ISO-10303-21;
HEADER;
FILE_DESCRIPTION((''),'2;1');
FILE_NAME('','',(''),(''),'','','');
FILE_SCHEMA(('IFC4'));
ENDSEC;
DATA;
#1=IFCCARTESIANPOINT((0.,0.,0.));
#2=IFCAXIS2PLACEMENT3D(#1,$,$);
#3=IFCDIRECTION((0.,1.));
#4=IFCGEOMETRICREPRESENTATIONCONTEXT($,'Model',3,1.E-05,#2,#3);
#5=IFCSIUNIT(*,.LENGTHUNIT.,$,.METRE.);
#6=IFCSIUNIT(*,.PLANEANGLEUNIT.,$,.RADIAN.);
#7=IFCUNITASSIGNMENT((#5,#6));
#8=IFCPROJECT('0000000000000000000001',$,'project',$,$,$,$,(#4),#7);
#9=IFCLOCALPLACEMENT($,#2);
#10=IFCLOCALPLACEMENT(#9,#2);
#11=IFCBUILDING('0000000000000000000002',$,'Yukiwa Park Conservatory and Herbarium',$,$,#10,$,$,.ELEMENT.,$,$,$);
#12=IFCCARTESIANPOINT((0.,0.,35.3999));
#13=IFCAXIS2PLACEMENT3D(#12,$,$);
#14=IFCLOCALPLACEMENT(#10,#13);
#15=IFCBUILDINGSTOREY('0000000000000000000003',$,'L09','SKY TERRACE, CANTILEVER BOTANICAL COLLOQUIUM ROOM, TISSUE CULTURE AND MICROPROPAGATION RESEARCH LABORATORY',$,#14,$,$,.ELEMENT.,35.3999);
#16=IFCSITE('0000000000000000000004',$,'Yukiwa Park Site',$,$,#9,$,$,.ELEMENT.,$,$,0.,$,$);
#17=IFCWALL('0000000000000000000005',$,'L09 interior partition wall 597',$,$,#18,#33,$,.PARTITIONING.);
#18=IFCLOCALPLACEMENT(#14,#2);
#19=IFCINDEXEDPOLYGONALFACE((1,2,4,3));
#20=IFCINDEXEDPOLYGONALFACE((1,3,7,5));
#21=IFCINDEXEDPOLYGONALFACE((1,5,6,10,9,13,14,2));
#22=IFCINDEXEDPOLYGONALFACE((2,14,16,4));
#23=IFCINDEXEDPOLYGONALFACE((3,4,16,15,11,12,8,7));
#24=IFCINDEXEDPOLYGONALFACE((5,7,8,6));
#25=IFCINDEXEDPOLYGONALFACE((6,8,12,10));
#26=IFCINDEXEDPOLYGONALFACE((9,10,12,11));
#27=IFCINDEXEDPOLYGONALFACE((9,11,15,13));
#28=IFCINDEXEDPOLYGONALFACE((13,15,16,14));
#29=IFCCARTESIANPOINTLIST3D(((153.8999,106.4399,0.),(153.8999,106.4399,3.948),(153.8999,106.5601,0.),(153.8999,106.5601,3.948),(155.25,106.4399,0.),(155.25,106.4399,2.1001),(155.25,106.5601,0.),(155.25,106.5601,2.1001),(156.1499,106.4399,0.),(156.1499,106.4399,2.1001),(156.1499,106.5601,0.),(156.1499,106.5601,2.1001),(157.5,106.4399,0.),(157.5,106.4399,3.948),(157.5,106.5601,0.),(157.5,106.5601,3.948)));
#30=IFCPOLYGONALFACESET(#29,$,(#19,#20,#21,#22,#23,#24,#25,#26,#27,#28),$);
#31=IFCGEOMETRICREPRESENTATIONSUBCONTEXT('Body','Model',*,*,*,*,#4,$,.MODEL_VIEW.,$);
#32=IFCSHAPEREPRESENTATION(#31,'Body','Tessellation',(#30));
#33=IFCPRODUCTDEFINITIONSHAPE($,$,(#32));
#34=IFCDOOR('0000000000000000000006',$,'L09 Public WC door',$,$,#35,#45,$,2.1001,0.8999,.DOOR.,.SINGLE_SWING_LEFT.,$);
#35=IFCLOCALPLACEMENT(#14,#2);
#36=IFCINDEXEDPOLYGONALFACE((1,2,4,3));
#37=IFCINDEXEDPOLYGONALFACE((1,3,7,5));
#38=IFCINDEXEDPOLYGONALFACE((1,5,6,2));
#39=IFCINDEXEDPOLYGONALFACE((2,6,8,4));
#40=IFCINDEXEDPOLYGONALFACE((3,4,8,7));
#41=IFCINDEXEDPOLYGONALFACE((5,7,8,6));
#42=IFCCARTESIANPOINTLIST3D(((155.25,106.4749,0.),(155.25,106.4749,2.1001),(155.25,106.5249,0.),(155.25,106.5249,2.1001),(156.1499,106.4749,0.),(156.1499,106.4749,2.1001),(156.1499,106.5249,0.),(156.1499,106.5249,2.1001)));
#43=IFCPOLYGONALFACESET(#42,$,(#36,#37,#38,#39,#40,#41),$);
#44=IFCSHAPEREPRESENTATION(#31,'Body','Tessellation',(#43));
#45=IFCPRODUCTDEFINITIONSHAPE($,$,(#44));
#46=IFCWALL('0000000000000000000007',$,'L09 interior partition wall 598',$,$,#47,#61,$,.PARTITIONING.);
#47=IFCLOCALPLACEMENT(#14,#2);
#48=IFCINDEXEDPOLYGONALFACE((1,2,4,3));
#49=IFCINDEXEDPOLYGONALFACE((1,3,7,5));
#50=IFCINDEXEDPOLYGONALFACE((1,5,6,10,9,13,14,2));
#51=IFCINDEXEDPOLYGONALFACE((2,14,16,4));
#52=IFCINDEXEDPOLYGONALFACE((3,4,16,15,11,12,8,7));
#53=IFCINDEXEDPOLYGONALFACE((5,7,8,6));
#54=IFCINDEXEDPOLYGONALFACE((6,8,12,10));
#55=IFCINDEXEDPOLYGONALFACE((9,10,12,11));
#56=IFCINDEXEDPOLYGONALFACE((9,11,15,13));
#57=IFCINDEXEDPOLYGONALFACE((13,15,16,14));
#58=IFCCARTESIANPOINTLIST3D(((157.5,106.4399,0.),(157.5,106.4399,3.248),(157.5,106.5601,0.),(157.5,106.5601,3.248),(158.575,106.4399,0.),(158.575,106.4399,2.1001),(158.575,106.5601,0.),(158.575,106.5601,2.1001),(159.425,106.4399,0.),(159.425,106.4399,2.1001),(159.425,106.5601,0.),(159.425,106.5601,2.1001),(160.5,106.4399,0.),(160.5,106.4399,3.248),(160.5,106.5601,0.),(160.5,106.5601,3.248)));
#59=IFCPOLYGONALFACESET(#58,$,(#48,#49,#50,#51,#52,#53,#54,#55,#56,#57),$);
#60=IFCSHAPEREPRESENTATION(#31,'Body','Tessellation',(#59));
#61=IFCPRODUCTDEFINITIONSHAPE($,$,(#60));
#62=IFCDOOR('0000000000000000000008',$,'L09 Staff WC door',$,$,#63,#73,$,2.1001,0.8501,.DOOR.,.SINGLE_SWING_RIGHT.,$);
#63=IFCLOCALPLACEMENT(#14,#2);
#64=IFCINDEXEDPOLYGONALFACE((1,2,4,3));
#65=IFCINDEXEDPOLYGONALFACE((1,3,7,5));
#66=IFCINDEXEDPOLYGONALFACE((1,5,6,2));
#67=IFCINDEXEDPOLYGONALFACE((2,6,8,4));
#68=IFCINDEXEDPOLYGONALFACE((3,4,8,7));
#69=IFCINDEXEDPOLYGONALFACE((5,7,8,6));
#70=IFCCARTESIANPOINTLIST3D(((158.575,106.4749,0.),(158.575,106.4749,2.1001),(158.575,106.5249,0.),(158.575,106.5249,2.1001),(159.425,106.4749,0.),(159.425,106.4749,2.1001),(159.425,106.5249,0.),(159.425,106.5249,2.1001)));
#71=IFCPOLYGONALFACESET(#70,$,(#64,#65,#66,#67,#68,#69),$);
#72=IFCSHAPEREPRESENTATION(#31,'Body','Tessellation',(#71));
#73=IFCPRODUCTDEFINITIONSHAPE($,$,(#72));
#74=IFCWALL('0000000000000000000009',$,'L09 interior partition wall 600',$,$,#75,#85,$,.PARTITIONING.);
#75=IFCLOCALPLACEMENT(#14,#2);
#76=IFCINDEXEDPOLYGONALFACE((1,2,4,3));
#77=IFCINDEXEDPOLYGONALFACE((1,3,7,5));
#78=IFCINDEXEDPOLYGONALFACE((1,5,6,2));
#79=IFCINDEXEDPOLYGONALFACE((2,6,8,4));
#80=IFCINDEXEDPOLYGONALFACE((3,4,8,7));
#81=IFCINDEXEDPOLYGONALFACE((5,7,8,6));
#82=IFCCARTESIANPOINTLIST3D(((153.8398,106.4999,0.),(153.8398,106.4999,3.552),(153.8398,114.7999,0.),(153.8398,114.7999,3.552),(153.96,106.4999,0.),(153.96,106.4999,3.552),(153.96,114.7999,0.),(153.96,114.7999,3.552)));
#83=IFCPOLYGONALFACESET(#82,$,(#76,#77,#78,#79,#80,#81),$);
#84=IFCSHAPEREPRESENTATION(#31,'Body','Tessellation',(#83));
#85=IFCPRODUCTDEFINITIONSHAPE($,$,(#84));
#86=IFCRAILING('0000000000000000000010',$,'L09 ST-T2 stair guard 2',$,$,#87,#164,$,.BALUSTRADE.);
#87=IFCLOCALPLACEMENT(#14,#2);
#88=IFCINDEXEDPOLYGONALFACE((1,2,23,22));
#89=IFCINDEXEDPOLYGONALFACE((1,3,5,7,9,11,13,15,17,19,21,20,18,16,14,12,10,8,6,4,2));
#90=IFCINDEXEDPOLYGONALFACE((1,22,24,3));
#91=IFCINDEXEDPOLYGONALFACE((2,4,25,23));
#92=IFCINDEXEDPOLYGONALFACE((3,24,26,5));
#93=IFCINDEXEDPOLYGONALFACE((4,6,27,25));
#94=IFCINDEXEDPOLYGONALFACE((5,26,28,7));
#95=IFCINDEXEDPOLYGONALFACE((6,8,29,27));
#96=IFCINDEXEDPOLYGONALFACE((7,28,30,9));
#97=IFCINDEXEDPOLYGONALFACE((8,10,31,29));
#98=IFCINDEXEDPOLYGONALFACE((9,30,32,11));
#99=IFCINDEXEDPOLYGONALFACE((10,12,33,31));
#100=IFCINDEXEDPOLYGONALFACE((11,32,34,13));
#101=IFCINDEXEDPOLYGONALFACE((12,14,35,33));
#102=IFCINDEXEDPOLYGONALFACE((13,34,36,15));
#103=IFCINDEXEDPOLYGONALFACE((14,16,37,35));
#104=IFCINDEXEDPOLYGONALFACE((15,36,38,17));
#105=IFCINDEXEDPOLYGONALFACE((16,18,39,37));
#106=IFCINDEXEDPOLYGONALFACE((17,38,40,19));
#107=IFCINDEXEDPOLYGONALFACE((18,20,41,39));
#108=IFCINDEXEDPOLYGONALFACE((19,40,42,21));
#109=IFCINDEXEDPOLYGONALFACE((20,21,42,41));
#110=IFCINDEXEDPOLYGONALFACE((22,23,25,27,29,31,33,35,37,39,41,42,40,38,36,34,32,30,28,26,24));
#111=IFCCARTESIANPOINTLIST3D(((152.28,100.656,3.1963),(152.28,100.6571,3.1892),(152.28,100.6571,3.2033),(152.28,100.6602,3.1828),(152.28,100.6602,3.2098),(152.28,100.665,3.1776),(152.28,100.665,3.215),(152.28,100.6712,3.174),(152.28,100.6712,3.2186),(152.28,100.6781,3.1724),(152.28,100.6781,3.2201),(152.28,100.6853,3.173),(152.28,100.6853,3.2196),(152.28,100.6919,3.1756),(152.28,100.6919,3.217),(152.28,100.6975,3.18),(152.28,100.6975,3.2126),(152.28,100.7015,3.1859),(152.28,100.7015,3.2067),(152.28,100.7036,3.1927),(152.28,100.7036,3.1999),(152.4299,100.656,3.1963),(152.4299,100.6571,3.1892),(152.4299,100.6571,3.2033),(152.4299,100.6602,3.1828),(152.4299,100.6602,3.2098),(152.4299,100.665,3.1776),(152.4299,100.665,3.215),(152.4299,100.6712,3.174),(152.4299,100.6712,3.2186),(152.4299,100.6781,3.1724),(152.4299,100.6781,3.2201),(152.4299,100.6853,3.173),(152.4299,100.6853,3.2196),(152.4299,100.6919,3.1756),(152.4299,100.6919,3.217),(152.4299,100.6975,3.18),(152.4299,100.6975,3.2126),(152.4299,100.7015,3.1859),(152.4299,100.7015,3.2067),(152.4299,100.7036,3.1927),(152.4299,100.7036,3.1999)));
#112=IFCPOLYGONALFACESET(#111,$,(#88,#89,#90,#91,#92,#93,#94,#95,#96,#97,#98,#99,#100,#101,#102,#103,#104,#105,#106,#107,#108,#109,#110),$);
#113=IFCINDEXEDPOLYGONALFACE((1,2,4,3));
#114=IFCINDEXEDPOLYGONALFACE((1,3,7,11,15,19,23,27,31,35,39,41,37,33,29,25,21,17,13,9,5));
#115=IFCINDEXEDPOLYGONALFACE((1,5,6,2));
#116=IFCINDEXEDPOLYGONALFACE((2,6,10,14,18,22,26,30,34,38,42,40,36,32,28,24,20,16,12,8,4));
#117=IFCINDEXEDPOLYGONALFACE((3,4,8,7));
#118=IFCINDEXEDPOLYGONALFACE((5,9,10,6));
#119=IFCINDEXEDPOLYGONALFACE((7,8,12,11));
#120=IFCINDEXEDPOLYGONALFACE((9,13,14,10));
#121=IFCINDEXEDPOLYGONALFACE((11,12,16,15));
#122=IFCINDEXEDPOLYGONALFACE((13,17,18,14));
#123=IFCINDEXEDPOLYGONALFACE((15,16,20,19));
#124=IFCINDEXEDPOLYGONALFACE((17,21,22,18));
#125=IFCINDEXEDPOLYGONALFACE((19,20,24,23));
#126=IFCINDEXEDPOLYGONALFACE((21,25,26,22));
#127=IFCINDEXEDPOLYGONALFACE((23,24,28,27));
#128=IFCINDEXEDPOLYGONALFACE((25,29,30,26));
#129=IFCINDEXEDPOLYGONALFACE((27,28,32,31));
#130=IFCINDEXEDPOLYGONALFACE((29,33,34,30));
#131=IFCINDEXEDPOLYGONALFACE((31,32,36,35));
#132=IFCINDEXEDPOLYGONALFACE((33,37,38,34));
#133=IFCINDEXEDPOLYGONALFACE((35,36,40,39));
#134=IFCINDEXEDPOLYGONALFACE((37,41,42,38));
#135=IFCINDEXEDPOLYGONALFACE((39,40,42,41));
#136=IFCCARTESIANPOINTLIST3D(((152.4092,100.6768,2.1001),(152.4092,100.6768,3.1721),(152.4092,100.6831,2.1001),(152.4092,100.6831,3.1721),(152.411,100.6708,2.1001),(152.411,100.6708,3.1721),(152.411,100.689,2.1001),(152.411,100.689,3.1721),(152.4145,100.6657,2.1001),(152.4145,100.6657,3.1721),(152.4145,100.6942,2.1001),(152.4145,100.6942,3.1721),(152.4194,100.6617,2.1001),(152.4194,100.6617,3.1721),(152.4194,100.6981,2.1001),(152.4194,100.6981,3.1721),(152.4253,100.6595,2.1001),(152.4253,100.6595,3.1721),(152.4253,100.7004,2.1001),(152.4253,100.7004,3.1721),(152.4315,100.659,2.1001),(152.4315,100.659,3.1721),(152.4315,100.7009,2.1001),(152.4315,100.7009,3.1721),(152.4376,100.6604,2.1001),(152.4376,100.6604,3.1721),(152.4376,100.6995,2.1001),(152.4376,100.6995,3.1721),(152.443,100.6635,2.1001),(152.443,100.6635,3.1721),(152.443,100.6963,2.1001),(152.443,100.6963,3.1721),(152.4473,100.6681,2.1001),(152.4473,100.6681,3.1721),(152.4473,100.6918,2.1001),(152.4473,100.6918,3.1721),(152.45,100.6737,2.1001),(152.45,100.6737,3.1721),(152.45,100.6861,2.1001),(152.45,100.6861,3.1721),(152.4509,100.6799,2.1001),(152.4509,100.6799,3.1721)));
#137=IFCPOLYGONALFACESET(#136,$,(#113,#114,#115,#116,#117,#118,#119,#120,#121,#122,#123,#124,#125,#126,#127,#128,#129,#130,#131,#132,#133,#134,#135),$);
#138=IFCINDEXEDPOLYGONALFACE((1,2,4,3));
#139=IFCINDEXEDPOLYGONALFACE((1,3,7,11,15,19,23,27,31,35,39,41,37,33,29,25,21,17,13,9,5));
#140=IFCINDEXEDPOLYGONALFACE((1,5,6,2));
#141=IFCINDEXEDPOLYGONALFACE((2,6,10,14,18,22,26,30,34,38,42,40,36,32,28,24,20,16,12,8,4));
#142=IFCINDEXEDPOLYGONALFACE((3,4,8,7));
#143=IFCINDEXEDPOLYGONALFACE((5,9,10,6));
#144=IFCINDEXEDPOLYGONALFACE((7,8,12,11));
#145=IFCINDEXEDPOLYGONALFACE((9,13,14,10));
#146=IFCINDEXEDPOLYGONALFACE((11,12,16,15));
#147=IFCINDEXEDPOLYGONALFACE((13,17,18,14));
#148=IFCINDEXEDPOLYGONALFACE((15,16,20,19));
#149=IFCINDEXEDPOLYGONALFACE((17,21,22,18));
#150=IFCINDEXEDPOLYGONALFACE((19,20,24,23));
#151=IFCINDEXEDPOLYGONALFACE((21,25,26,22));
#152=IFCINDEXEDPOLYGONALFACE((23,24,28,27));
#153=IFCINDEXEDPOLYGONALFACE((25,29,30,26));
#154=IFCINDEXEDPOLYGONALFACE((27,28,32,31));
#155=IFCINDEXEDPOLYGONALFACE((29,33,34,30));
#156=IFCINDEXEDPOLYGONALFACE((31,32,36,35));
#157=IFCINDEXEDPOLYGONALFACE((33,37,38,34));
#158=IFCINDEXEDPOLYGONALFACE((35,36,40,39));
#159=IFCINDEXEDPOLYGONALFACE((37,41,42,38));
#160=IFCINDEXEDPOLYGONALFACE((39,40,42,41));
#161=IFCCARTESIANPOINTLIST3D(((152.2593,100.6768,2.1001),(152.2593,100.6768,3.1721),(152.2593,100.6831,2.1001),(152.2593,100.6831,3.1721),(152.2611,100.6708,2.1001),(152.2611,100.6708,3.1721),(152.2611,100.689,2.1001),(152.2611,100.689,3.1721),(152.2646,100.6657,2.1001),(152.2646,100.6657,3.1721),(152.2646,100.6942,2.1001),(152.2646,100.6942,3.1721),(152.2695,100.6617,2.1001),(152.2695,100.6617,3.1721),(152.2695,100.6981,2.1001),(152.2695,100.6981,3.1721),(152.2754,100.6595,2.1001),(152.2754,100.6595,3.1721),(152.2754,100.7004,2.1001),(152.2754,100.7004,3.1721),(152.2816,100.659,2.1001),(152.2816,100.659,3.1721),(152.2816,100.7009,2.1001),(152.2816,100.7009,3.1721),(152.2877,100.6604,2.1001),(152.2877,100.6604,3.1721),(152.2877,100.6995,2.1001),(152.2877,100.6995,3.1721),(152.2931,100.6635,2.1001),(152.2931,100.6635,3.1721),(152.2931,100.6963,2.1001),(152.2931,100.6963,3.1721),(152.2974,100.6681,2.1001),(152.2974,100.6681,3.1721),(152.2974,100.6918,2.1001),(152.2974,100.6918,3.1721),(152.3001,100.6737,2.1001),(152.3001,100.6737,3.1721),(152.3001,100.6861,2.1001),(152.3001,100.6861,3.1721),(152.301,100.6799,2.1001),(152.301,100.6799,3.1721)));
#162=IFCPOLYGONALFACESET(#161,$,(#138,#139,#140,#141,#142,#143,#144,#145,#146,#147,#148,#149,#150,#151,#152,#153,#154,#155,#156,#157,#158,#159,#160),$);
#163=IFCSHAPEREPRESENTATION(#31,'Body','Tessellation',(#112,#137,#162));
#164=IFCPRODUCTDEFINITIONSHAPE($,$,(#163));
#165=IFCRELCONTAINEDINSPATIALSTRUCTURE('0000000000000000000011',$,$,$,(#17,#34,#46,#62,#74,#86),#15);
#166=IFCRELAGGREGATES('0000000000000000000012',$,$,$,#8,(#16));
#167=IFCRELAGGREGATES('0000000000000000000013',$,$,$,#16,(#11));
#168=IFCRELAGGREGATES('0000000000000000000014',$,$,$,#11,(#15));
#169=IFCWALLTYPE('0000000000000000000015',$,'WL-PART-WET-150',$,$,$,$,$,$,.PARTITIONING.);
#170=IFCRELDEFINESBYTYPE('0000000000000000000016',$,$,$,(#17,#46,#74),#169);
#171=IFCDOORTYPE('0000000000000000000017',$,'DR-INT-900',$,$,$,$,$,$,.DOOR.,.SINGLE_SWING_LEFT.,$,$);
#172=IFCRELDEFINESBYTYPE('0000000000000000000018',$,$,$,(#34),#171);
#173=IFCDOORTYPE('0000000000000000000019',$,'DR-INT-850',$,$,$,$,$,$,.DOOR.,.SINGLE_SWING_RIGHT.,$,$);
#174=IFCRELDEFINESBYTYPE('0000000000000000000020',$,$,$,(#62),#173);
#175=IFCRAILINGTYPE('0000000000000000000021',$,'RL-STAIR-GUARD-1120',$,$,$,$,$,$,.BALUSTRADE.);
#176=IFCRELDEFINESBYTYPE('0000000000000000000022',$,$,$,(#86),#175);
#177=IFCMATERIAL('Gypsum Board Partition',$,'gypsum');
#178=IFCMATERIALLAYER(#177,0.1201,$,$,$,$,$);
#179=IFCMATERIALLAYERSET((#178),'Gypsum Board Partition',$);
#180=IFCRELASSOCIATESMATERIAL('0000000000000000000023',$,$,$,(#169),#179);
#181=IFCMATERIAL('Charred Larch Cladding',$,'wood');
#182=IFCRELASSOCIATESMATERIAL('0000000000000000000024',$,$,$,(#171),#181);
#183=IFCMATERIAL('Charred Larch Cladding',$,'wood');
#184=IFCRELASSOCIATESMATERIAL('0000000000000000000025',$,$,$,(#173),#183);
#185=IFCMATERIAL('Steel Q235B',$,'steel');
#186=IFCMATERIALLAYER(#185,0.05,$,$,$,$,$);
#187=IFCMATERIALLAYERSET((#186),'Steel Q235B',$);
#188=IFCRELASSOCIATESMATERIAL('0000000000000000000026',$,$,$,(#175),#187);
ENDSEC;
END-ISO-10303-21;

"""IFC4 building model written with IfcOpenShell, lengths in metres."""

from ifc_helpers import new_model, si_unit, direction, frame, frame_2d, origin, origin_2d, place, context, subcontext, project, spatial, rectangle, circle, extrude, material, layer, layer_set, type_object, element, fill, save


model = new_model("IFC4")

# Units and contexts
model_context = context("Model", 3, precision=1e-05, world=origin(), true_north=direction((0.0, 1.0)))
body_context = subcontext(model_context, "Body", "Model", "MODEL_VIEW")
ifc_project = project(units=[si_unit("LENGTHUNIT", "METRE"), si_unit("PLANEANGLEUNIT", "RADIAN")], contexts=[model_context])

# Site, building, storey
site_placement = place(None, origin())
site = spatial("IfcSite", under=ifc_project, at=site_placement, Name="Yukiwa Park Site", CompositionType="ELEMENT", RefElevation=0.0)
building_placement = place(site_placement, origin())
building = spatial("IfcBuilding", under=site, at=building_placement, Name="Yukiwa Park Conservatory and Herbarium", CompositionType="ELEMENT")
storey_placement = place(building_placement, frame((0.0, 0.0, 35.3999)))
storey = spatial("IfcBuildingStorey", under=building, at=storey_placement, Name="L09", Description="SKY TERRACE, CANTILEVER BOTANICAL COLLOQUIUM ROOM, TISSUE CULTURE AND MICROPROPAGATION RESEARCH LABORATORY", CompositionType="ELEMENT", Elevation=35.3999)

# Walls, openings, doors
ifc_material_1 = material(Name="Gypsum Board Partition", Category="gypsum")
ifc_layer_1 = layer(ifc_material_1, 0.1201)
ifc_layer_set_1 = layer_set([ifc_layer_1], Name="Gypsum Board Partition")
wall_type_1 = type_object("IfcWallType", Name="WL-PART-WET-150", PredefinedType="PARTITIONING", material=ifc_layer_set_1)
wall_1_placement = place(storey_placement, frame((153.8999, 106.5, 0.0), z_axis=(0.0, 0.0, 1.0), x_axis=(1.0, 0.0, 0.0)))
wall_1 = element("IfcWall", 1, at=wall_1_placement, inside=storey, type_object=wall_type_1, Name="L09 interior partition wall 597", PredefinedType="PARTITIONING", context=body_context, shape_type="SweptSolid", body=[
    extrude(rectangle(XDim=3.6001, YDim=0.1201, at=frame_2d((1.8, 0.0))), origin(), (0.0, 0.0, 1.0), 3.948),
])
opening_1_placement = place(wall_1_placement, frame((1.3501, 0.0, 0.0)))
opening_1 = element("IfcOpeningElement", 2, at=opening_1_placement, cuts=wall_1, PredefinedType="OPENING", context=body_context, shape_type="SweptSolid", body=[
    extrude(rectangle(XDim=0.8999, YDim=2.1001, at=frame_2d((0.45, 1.05))), frame((0.0, 0.0701, 0.0), z_axis=(0.0, -1.0, 0.0), x_axis=(1.0, 0.0, 0.0)), (0.0, 0.0, 1.0), 0.1401),
])
ifc_material_2 = material(Name="Charred Larch Cladding", Category="wood")
door_type_1 = type_object("IfcDoorType", Name="DR-INT-900", OperationType="SINGLE_SWING_LEFT", PredefinedType="DOOR", material=ifc_material_2)
door_1_placement = place(opening_1_placement, origin())
door_1 = element("IfcDoor", 3, at=door_1_placement, inside=storey, type_object=door_type_1, Name="L09 Public WC door", OperationType="SINGLE_SWING_LEFT", OverallHeight=2.1001, OverallWidth=0.8999, PredefinedType="DOOR", context=body_context, shape_type="SweptSolid", body=[
    extrude(rectangle(XDim=0.8999, YDim=2.1001, at=frame_2d((0.45, 1.05))), frame((0.0, 0.0249, 0.0), z_axis=(0.0, -1.0, 0.0), x_axis=(1.0, 0.0, 0.0)), (0.0, 0.0, 1.0), 0.05),
])
fill(opening_1, door_1)
wall_2_placement = place(storey_placement, frame((157.5, 106.5, 0.0), z_axis=(0.0, 0.0, 1.0), x_axis=(1.0, 0.0, 0.0)))
wall_2 = element("IfcWall", 4, at=wall_2_placement, inside=storey, type_object=wall_type_1, Name="L09 interior partition wall 598", PredefinedType="PARTITIONING", context=body_context, shape_type="SweptSolid", body=[
    extrude(rectangle(XDim=3.0, YDim=0.1201, at=frame_2d((1.5, 0.0))), origin(), (0.0, 0.0, 1.0), 3.248),
])
opening_2_placement = place(wall_2_placement, frame((1.075, 0.0, 0.0)))
opening_2 = element("IfcOpeningElement", 5, at=opening_2_placement, cuts=wall_2, PredefinedType="OPENING", context=body_context, shape_type="SweptSolid", body=[
    extrude(rectangle(XDim=0.8501, YDim=2.1001, at=frame_2d((0.425, 1.05))), frame((0.0, 0.0701, 0.0), z_axis=(0.0, -1.0, 0.0), x_axis=(1.0, 0.0, 0.0)), (0.0, 0.0, 1.0), 0.1401),
])
ifc_material_3 = material(Name="Charred Larch Cladding", Category="wood")
door_type_2 = type_object("IfcDoorType", Name="DR-INT-850", OperationType="SINGLE_SWING_RIGHT", PredefinedType="DOOR", material=ifc_material_3)
door_2_placement = place(opening_2_placement, origin())
door_2 = element("IfcDoor", 6, at=door_2_placement, inside=storey, type_object=door_type_2, Name="L09 Staff WC door", OperationType="SINGLE_SWING_RIGHT", OverallHeight=2.1001, OverallWidth=0.8501, PredefinedType="DOOR", context=body_context, shape_type="SweptSolid", body=[
    extrude(rectangle(XDim=0.8501, YDim=2.1001, at=frame_2d((0.425, 1.05))), frame((0.0, 0.0249, 0.0), z_axis=(0.0, -1.0, 0.0), x_axis=(1.0, 0.0, 0.0)), (0.0, 0.0, 1.0), 0.05),
])
fill(opening_2, door_2)

# Wall
wall_3_placement = place(storey_placement, frame((153.8999, 106.5, 0.0), z_axis=(0.0, 0.0, 1.0), x_axis=(0.0, 1.0, 0.0)))
element("IfcWall", 7, at=wall_3_placement, inside=storey, type_object=wall_type_1, Name="L09 interior partition wall 600", PredefinedType="PARTITIONING", context=body_context, shape_type="SweptSolid", body=[
    extrude(rectangle(XDim=8.3, YDim=0.1201, at=frame_2d((4.1499, 0.0))), origin(), (0.0, 0.0, 1.0), 3.552),
])

# Railing
ifc_material_4 = material(Name="Steel Q235B", Category="steel")
ifc_layer_2 = layer(ifc_material_4, 0.05)
ifc_layer_set_2 = layer_set([ifc_layer_2], Name="Steel Q235B")
railing_type = type_object("IfcRailingType", Name="RL-STAIR-GUARD-1120", PredefinedType="BALUSTRADE", material=ifc_layer_set_2)
railing_placement = place(storey_placement, frame((152.4299, 100.6799, 2.1001)))
element("IfcRailing", 8, at=railing_placement, inside=storey, type_object=railing_type, Name="L09 ST-T2 stair guard 2", PredefinedType="BALUSTRADE", context=body_context, shape_type="SweptSolid", body=[
    extrude(circle(Radius=0.0239, at=origin_2d()), frame((0.0, 0.0, 1.0962), z_axis=(-1.0, 0.0, 0.0), x_axis=(0.0, -1.0, 0.0)), (0.0, 0.0, 1.0), 0.1499),
    extrude(circle(Radius=0.021, at=origin_2d()), origin(), (0.0, 0.0, 1.0), 1.072),
    extrude(circle(Radius=0.021, at=origin_2d()), frame((-0.1499, 0.0, 0.0)), (0.0, 0.0, 1.0), 1.072),
])

save(model, "model.ifc")
